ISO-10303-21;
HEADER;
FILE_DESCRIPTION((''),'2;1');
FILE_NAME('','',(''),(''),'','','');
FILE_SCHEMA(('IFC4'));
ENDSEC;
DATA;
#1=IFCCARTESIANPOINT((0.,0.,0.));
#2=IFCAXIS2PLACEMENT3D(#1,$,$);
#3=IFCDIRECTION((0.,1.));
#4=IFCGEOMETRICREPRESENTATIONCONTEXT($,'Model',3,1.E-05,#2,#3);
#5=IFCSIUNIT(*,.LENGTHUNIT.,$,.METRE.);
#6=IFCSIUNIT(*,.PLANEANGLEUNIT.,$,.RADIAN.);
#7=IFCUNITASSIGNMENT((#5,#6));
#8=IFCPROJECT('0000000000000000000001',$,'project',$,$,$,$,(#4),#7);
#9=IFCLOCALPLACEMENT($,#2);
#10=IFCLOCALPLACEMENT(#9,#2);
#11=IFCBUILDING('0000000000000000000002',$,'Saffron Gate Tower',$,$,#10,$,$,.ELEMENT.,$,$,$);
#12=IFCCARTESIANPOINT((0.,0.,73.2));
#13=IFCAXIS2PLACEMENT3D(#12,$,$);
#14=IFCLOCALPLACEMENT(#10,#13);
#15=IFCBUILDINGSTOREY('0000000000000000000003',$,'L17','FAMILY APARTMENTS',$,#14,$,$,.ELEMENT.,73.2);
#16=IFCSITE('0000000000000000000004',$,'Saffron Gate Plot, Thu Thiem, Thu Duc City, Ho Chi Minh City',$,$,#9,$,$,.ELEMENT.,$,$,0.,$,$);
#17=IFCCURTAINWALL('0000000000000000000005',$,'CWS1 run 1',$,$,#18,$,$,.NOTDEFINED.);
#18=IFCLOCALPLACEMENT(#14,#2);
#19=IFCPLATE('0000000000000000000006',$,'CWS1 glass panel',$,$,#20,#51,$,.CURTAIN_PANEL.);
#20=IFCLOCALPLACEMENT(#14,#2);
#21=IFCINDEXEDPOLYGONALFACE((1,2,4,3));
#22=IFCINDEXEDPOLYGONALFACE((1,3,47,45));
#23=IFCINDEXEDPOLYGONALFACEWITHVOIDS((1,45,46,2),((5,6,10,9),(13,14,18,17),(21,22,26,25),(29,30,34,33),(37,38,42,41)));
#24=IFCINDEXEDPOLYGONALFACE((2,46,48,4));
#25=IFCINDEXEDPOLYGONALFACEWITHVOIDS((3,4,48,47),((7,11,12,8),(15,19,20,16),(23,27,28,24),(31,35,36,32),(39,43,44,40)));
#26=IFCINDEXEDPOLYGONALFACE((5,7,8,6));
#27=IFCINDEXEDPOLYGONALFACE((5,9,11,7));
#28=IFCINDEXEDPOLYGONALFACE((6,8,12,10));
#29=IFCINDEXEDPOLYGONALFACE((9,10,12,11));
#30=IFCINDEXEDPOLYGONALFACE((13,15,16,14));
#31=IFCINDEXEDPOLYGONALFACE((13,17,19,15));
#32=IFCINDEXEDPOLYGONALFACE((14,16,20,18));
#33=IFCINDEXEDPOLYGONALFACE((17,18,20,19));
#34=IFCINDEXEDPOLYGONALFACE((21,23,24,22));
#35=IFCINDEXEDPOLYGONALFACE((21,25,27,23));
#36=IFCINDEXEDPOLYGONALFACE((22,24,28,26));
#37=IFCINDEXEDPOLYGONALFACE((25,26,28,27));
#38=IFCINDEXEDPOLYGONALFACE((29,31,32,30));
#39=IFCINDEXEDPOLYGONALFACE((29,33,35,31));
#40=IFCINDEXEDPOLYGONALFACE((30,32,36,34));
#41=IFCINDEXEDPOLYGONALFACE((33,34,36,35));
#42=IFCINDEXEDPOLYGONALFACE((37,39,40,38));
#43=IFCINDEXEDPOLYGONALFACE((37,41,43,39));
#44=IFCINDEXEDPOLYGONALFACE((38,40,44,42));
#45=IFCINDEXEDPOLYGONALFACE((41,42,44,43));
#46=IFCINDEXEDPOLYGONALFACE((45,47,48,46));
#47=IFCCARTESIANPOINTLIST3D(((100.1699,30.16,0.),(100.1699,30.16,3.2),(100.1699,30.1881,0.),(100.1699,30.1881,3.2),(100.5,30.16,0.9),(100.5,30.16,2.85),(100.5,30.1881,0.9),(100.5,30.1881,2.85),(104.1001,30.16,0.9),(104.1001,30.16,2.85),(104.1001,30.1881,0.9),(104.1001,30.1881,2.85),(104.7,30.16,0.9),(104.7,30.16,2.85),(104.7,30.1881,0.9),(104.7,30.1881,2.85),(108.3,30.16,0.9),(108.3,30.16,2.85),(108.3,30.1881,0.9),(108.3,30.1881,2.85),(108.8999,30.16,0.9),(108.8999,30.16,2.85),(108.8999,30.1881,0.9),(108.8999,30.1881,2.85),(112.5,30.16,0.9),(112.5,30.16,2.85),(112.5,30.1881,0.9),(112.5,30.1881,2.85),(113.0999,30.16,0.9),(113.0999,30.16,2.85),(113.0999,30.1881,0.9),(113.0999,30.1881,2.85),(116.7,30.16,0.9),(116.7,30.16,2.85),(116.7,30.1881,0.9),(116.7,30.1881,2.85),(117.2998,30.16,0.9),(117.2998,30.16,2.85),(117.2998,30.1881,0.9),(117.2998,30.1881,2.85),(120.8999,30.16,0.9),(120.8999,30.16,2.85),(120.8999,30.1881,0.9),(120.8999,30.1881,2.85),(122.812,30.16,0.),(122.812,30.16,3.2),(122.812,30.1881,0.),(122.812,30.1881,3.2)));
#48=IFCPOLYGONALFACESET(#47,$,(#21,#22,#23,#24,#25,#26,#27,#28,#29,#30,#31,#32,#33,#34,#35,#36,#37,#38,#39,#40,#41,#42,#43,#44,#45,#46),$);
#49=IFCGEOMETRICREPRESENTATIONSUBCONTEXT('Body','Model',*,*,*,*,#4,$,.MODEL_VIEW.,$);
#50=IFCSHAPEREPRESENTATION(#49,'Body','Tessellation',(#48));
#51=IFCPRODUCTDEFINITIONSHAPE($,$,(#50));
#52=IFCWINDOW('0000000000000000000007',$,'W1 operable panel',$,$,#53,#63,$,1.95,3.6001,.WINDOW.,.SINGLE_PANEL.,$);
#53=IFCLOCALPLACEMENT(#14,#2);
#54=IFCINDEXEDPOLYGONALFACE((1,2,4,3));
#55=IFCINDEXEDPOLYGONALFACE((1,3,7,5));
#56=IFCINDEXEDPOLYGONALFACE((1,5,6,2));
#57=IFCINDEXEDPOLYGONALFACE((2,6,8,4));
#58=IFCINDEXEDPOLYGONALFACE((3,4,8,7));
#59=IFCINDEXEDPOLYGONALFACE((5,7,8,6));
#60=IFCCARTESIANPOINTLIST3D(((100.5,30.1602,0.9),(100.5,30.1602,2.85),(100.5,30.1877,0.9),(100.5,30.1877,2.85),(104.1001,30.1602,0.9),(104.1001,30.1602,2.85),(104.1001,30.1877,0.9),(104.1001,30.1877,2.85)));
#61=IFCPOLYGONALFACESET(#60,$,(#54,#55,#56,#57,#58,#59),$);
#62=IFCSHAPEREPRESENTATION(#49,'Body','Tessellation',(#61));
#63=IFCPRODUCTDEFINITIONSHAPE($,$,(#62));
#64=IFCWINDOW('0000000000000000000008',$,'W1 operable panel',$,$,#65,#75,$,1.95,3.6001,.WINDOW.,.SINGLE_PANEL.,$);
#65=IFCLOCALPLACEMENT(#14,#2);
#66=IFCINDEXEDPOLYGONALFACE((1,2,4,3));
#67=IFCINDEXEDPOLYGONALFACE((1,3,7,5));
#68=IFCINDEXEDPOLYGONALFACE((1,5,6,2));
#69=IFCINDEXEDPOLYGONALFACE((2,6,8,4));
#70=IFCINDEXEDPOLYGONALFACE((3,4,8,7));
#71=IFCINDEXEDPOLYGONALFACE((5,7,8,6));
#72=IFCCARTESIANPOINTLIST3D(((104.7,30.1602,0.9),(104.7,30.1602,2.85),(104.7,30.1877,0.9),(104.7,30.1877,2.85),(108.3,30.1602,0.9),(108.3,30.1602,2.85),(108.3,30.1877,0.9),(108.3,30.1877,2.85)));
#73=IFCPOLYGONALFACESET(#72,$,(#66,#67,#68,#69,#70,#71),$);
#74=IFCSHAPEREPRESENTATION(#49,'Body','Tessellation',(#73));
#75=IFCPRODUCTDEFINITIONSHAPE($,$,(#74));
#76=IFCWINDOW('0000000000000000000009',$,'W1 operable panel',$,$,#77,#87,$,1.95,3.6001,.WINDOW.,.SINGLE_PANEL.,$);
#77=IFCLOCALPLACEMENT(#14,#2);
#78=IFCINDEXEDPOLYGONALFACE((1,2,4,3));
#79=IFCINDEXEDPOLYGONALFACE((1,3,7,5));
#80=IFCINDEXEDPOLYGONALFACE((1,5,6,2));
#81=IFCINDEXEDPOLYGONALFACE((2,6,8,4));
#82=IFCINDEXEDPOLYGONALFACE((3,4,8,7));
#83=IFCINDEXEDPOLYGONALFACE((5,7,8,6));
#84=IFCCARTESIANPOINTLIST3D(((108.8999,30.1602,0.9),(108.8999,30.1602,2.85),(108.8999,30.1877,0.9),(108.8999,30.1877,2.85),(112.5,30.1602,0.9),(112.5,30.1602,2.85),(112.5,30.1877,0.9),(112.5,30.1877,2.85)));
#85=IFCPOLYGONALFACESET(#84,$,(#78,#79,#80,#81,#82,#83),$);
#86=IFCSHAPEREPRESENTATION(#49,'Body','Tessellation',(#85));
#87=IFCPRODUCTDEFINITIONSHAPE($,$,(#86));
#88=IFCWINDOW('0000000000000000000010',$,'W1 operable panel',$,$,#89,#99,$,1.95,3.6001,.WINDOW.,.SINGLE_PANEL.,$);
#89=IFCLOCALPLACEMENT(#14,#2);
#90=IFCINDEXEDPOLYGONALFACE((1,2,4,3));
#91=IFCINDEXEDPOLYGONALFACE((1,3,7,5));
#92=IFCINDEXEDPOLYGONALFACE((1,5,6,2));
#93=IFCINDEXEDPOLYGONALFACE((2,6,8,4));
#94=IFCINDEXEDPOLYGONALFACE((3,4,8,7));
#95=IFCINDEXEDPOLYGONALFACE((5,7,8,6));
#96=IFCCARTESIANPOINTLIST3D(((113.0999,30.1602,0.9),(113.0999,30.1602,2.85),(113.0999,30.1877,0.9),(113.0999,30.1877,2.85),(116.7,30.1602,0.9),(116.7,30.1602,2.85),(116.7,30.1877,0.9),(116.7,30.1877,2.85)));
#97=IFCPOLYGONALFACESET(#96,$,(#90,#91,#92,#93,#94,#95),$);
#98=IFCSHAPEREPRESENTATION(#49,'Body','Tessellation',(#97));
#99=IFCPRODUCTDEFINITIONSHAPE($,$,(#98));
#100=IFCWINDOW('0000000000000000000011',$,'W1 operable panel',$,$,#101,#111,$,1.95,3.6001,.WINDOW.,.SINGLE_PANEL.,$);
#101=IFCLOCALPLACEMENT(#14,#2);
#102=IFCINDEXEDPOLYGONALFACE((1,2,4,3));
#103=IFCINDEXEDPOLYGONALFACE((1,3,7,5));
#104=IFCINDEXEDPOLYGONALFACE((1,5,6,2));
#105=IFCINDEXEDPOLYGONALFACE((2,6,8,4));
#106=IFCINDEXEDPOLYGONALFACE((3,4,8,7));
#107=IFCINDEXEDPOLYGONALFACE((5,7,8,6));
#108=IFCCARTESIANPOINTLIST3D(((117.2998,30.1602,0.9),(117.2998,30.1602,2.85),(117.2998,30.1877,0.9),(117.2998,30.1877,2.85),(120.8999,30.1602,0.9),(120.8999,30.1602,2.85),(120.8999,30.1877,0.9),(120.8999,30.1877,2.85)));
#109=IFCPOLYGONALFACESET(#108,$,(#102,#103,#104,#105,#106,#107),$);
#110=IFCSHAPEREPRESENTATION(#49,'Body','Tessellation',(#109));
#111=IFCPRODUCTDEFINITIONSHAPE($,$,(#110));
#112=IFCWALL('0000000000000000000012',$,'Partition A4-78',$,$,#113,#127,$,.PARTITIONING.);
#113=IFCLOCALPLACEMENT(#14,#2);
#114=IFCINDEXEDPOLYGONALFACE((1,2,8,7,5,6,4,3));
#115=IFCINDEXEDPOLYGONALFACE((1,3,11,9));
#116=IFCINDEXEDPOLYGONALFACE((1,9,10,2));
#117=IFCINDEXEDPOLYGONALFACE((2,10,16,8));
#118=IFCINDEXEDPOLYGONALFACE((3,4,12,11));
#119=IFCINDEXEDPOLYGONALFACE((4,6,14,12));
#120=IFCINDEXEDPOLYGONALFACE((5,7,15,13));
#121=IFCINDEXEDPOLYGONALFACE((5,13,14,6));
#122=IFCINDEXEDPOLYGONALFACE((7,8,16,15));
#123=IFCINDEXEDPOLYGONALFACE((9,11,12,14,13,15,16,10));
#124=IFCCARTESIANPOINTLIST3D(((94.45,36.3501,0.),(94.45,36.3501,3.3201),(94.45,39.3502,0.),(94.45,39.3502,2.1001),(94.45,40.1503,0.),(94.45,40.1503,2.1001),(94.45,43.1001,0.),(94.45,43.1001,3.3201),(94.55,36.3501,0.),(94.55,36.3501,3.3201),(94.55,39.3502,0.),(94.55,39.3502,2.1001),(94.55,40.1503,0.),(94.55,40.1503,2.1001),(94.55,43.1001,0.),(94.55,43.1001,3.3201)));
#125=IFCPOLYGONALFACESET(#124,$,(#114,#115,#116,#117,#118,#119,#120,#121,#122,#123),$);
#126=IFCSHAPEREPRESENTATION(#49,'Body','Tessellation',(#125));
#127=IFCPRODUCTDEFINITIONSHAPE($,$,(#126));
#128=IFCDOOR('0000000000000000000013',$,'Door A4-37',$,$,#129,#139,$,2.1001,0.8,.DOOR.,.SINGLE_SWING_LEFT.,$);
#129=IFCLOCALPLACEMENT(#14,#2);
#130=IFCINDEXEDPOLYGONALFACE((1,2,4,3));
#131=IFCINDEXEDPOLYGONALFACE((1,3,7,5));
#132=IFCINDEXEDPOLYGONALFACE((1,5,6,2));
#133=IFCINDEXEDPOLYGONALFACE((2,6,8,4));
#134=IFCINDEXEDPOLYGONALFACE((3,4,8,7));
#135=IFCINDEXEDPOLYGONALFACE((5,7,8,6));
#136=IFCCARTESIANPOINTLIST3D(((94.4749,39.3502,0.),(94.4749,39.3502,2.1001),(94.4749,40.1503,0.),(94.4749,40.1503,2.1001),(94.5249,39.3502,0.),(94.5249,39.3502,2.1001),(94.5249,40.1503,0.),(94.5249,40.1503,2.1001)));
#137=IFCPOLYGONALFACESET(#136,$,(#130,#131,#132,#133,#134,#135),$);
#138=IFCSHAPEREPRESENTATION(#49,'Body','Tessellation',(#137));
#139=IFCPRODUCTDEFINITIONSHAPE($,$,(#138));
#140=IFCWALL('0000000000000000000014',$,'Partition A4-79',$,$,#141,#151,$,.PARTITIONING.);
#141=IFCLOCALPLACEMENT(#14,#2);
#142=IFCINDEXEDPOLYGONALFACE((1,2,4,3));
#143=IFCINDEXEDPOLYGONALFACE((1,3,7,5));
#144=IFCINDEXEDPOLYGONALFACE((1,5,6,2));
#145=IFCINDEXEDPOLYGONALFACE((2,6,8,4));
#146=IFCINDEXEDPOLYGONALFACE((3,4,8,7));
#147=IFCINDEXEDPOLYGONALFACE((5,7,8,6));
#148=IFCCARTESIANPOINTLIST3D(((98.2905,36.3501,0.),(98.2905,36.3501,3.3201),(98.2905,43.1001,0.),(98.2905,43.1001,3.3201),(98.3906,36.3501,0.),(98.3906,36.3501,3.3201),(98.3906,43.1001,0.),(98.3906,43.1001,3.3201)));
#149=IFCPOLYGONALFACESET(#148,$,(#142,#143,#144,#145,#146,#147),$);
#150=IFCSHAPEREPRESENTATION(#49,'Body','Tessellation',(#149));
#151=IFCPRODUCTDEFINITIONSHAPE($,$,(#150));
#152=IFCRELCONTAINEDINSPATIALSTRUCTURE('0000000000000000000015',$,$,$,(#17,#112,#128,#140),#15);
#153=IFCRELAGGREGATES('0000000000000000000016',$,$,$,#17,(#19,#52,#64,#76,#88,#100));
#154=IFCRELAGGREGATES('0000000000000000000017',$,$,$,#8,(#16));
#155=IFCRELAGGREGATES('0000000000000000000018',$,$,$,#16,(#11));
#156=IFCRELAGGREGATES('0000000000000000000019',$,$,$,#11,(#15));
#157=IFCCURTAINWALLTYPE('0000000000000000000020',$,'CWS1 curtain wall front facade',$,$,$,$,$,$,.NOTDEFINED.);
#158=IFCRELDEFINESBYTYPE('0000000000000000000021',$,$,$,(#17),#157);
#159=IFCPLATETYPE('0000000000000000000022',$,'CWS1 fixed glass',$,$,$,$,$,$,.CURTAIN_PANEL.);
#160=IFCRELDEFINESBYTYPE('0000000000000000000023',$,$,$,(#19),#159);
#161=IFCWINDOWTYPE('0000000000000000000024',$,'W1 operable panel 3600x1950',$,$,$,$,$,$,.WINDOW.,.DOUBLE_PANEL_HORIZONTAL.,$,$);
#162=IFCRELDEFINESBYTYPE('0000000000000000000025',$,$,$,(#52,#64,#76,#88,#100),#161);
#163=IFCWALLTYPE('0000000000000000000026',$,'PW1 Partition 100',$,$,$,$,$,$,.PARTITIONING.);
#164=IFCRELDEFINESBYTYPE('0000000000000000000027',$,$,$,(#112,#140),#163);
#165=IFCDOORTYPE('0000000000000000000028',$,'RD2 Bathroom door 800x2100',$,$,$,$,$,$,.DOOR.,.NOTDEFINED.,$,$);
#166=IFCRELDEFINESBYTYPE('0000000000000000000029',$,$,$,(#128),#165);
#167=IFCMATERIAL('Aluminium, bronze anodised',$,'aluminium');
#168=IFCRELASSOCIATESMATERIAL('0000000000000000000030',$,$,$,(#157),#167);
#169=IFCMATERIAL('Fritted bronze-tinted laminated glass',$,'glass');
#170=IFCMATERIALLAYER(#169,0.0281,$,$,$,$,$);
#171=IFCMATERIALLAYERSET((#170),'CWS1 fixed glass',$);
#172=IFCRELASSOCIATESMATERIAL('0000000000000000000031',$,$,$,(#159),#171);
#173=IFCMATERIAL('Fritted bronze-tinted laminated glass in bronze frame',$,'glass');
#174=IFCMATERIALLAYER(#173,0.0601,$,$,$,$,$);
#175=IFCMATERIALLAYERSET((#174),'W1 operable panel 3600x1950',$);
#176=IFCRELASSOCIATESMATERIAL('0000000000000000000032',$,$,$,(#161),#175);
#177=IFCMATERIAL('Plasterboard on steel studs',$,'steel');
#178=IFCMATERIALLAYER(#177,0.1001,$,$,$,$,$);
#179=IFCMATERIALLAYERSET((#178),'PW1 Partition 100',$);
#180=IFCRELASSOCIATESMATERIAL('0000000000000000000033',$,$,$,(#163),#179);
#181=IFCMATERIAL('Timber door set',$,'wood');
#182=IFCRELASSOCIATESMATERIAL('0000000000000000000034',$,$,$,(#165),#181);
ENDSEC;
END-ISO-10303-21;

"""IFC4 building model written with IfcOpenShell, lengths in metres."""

from ifc_helpers import new_model, si_unit, direction, frame, frame_2d, origin, place, context, subcontext, project, spatial, rectangle, extrude, material, layer, layer_set, type_object, element, fill, aggregate, save


model = new_model("IFC4")

# Units and contexts
model_context = context("Model", 3, precision=1e-05, world=origin(), true_north=direction((0.0, 1.0)))
body_context = subcontext(model_context, "Body", "Model", "MODEL_VIEW")
ifc_project = project(units=[si_unit("LENGTHUNIT", "METRE"), si_unit("PLANEANGLEUNIT", "RADIAN")], contexts=[model_context])

# Site, building, storey
site_placement = place(None, origin())
site = spatial("IfcSite", under=ifc_project, at=site_placement, Name="Saffron Gate Plot, Thu Thiem, Thu Duc City, Ho Chi Minh City", CompositionType="ELEMENT", RefElevation=0.0)
building_placement = place(site_placement, origin())
building = spatial("IfcBuilding", under=site, at=building_placement, Name="Saffron Gate Tower", CompositionType="ELEMENT")
storey_placement = place(building_placement, frame((0.0, 0.0, 73.2)))
storey = spatial("IfcBuildingStorey", under=building, at=storey_placement, Name="L17", Description="FAMILY APARTMENTS", CompositionType="ELEMENT", Elevation=73.2)

# Curtain wall, plate, openings, windows
ifc_material_1 = material(Name="Aluminium, bronze anodised", Category="aluminium")
curtain_wall_type = type_object("IfcCurtainWallType", Name="CWS1 curtain wall front facade", PredefinedType="NOTDEFINED", material=ifc_material_1)
curtain_wall_placement = place(storey_placement, origin())
curtain_wall = element("IfcCurtainWall", 1, at=curtain_wall_placement, inside=storey, type_object=curtain_wall_type, Name="CWS1 run 1", PredefinedType="NOTDEFINED")
ifc_material_2 = material(Name="Fritted bronze-tinted laminated glass", Category="glass")
ifc_layer_1 = layer(ifc_material_2, 0.0281)
ifc_layer_set_1 = layer_set([ifc_layer_1], Name="CWS1 fixed glass")
plate_type = type_object("IfcPlateType", Name="CWS1 fixed glass", PredefinedType="CURTAIN_PANEL", material=ifc_layer_set_1)
plate_placement = place(storey_placement, frame((100.1699, 30.1741, 0.0), z_axis=(0.0, 0.0, 1.0), x_axis=(1.0, 0.0, 0.0)))
plate = element("IfcPlate", 2, at=plate_placement, type_object=plate_type, Name="CWS1 glass panel", PredefinedType="CURTAIN_PANEL", context=body_context, shape_type="SweptSolid", body=[
    extrude(rectangle(XDim=22.6421, YDim=0.0281, at=frame_2d((11.321, 0.0))), origin(), (0.0, 0.0, 1.0), 3.2),
])
opening_1_placement = place(plate_placement, frame((0.3301, 0.0, 0.8999)))
opening_1 = element("IfcOpeningElement", 3, at=opening_1_placement, cuts=plate, PredefinedType="OPENING", context=body_context, shape_type="SweptSolid", body=[
    extrude(rectangle(XDim=3.6001, YDim=1.95, at=frame_2d((1.8, 0.9751))), frame((0.0, 0.0239, 0.0), z_axis=(0.0, -1.0, 0.0), x_axis=(1.0, 0.0, 0.0)), (0.0, 0.0, 1.0), 0.0481),
])
opening_2_placement = place(plate_placement, frame((4.53, 0.0, 0.8999)))
opening_2 = element("IfcOpeningElement", 4, at=opening_2_placement, cuts=plate, PredefinedType="OPENING", context=body_context, shape_type="SweptSolid", body=[
    extrude(rectangle(XDim=3.6001, YDim=1.95, at=frame_2d((1.8, 0.9751))), frame((0.0, 0.0239, 0.0), z_axis=(0.0, -1.0, 0.0), x_axis=(1.0, 0.0, 0.0)), (0.0, 0.0, 1.0), 0.0481),
])
opening_3_placement = place(plate_placement, frame((8.73, 0.0, 0.8999)))
opening_3 = element("IfcOpeningElement", 5, at=opening_3_placement, cuts=plate, PredefinedType="OPENING", context=body_context, shape_type="SweptSolid", body=[
    extrude(rectangle(XDim=3.6001, YDim=1.95, at=frame_2d((1.8, 0.9751))), frame((0.0, 0.0239, 0.0), z_axis=(0.0, -1.0, 0.0), x_axis=(1.0, 0.0, 0.0)), (0.0, 0.0, 1.0), 0.0481),
])
opening_4_placement = place(plate_placement, frame((12.9299, 0.0, 0.8999)))
opening_4 = element("IfcOpeningElement", 6, at=opening_4_placement, cuts=plate, PredefinedType="OPENING", context=body_context, shape_type="SweptSolid", body=[
    extrude(rectangle(XDim=3.6001, YDim=1.95, at=frame_2d((1.8, 0.9751))), frame((0.0, 0.0239, 0.0), z_axis=(0.0, -1.0, 0.0), x_axis=(1.0, 0.0, 0.0)), (0.0, 0.0, 1.0), 0.0481),
])
opening_5_placement = place(plate_placement, frame((17.1299, 0.0, 0.8999)))
opening_5 = element("IfcOpeningElement", 7, at=opening_5_placement, cuts=plate, PredefinedType="OPENING", context=body_context, shape_type="SweptSolid", body=[
    extrude(rectangle(XDim=3.6001, YDim=1.95, at=frame_2d((1.8, 0.9751))), frame((0.0, 0.0239, 0.0), z_axis=(0.0, -1.0, 0.0), x_axis=(1.0, 0.0, 0.0)), (0.0, 0.0, 1.0), 0.0481),
])
ifc_material_3 = material(Name="Fritted bronze-tinted laminated glass in bronze frame", Category="glass")
ifc_layer_2 = layer(ifc_material_3, 0.0601)
ifc_layer_set_2 = layer_set([ifc_layer_2], Name="W1 operable panel 3600x1950")
window_type = type_object("IfcWindowType", Name="W1 operable panel 3600x1950", PartitioningType="DOUBLE_PANEL_HORIZONTAL", PredefinedType="WINDOW", material=ifc_layer_set_2)
window_1_placement = place(opening_1_placement, origin())
window_1 = element("IfcWindow", 8, at=window_1_placement, type_object=window_type, Name="W1 operable panel", OverallHeight=1.95, OverallWidth=3.6001, PartitioningType="SINGLE_PANEL", PredefinedType="WINDOW", context=body_context, shape_type="SweptSolid", body=[
    extrude(rectangle(XDim=3.6001, YDim=1.95, at=frame_2d((1.8, 0.9751))), frame((0.0, 0.0137, 0.0), z_axis=(0.0, -1.0, 0.0), x_axis=(1.0, 0.0, 0.0)), (0.0, 0.0, 1.0), 0.0276),
])
fill(opening_1, window_1)
window_2_placement = place(opening_2_placement, origin())
window_2 = element("IfcWindow", 9, at=window_2_placement, type_object=window_type, Name="W1 operable panel", OverallHeight=1.95, OverallWidth=3.6001, PartitioningType="SINGLE_PANEL", PredefinedType="WINDOW", context=body_context, shape_type="SweptSolid", body=[
    extrude(rectangle(XDim=3.6001, YDim=1.95, at=frame_2d((1.8, 0.9751))), frame((0.0, 0.0137, 0.0), z_axis=(0.0, -1.0, 0.0), x_axis=(1.0, 0.0, 0.0)), (0.0, 0.0, 1.0), 0.0276),
])
fill(opening_2, window_2)
window_3_placement = place(opening_3_placement, origin())
window_3 = element("IfcWindow", 10, at=window_3_placement, type_object=window_type, Name="W1 operable panel", OverallHeight=1.95, OverallWidth=3.6001, PartitioningType="SINGLE_PANEL", PredefinedType="WINDOW", context=body_context, shape_type="SweptSolid", body=[
    extrude(rectangle(XDim=3.6001, YDim=1.95, at=frame_2d((1.8, 0.9751))), frame((0.0, 0.0137, 0.0), z_axis=(0.0, -1.0, 0.0), x_axis=(1.0, 0.0, 0.0)), (0.0, 0.0, 1.0), 0.0276),
])
fill(opening_3, window_3)
window_4_placement = place(opening_4_placement, origin())
window_4 = element("IfcWindow", 11, at=window_4_placement, type_object=window_type, Name="W1 operable panel", OverallHeight=1.95, OverallWidth=3.6001, PartitioningType="SINGLE_PANEL", PredefinedType="WINDOW", context=body_context, shape_type="SweptSolid", body=[
    extrude(rectangle(XDim=3.6001, YDim=1.95, at=frame_2d((1.8, 0.9751))), frame((0.0, 0.0137, 0.0), z_axis=(0.0, -1.0, 0.0), x_axis=(1.0, 0.0, 0.0)), (0.0, 0.0, 1.0), 0.0276),
])
fill(opening_4, window_4)
window_5_placement = place(opening_5_placement, origin())
window_5 = element("IfcWindow", 12, at=window_5_placement, type_object=window_type, Name="W1 operable panel", OverallHeight=1.95, OverallWidth=3.6001, PartitioningType="SINGLE_PANEL", PredefinedType="WINDOW", context=body_context, shape_type="SweptSolid", body=[
    extrude(rectangle(XDim=3.6001, YDim=1.95, at=frame_2d((1.8, 0.9751))), frame((0.0, 0.0137, 0.0), z_axis=(0.0, -1.0, 0.0), x_axis=(1.0, 0.0, 0.0)), (0.0, 0.0, 1.0), 0.0276),
])
fill(opening_5, window_5)
aggregate(curtain_wall, [plate, window_1, window_2, window_3, window_4, window_5])

# Wall, opening, door
ifc_material_4 = material(Name="Plasterboard on steel studs", Category="steel")
ifc_layer_3 = layer(ifc_material_4, 0.1001)
ifc_layer_set_3 = layer_set([ifc_layer_3], Name="PW1 Partition 100")
wall_type_1 = type_object("IfcWallType", Name="PW1 Partition 100", PredefinedType="PARTITIONING", material=ifc_layer_set_3)
wall_1_placement = place(storey_placement, frame((94.5, 43.1001, 0.0), z_axis=(0.0, 0.0, 1.0), x_axis=(0.0, -1.0, 0.0)))
wall_1 = element("IfcWall", 13, at=wall_1_placement, inside=storey, type_object=wall_type_1, Name="Partition A4-78", PredefinedType="PARTITIONING", context=body_context, shape_type="SweptSolid", body=[
    extrude(rectangle(XDim=6.75, YDim=0.1001, at=frame_2d((3.375, 0.0))), origin(), (0.0, 0.0, 1.0), 3.3201),
])
opening_6_placement = place(wall_1_placement, frame((2.95, 0.0, 0.0)))
opening_6 = element("IfcOpeningElement", 14, at=opening_6_placement, cuts=wall_1, PredefinedType="OPENING", context=body_context, shape_type="SweptSolid", body=[
    extrude(rectangle(XDim=0.8, YDim=2.1001, at=frame_2d((0.3999, 1.05))), frame((0.0, 0.0601, 0.0), z_axis=(0.0, -1.0, 0.0), x_axis=(1.0, 0.0, 0.0)), (0.0, 0.0, 1.0), 0.1201),
])
ifc_material_5 = material(Name="Timber door set", Category="wood")
door_type_1 = type_object("IfcDoorType", Name="RD2 Bathroom door 800x2100", OperationType="NOTDEFINED", PredefinedType="DOOR", material=ifc_material_5)
door_1_placement = place(opening_6_placement, origin())
door_1 = element("IfcDoor", 15, at=door_1_placement, inside=storey, type_object=door_type_1, Name="Door A4-37", OperationType="SINGLE_SWING_LEFT", OverallHeight=2.1001, OverallWidth=0.8, PredefinedType="DOOR", context=body_context, shape_type="SweptSolid", body=[
    extrude(rectangle(XDim=0.8, YDim=2.1001, at=frame_2d((0.3999, 1.05))), frame((0.0, 0.0249, 0.0), z_axis=(0.0, -1.0, 0.0), x_axis=(1.0, 0.0, 0.0)), (0.0, 0.0, 1.0), 0.05),
])
fill(opening_6, door_1)

# Wall
wall_2_placement = place(storey_placement, frame((98.3406, 43.1001, 0.0), z_axis=(0.0, 0.0, 1.0), x_axis=(0.0, -1.0, 0.0)))
element("IfcWall", 16, at=wall_2_placement, inside=storey, type_object=wall_type_1, Name="Partition A4-79", PredefinedType="PARTITIONING", context=body_context, shape_type="SweptSolid", body=[
    extrude(rectangle(XDim=6.75, YDim=0.1001, at=frame_2d((3.375, 0.0))), origin(), (0.0, 0.0, 1.0), 3.3201),
])

save(model, "model.ifc")
